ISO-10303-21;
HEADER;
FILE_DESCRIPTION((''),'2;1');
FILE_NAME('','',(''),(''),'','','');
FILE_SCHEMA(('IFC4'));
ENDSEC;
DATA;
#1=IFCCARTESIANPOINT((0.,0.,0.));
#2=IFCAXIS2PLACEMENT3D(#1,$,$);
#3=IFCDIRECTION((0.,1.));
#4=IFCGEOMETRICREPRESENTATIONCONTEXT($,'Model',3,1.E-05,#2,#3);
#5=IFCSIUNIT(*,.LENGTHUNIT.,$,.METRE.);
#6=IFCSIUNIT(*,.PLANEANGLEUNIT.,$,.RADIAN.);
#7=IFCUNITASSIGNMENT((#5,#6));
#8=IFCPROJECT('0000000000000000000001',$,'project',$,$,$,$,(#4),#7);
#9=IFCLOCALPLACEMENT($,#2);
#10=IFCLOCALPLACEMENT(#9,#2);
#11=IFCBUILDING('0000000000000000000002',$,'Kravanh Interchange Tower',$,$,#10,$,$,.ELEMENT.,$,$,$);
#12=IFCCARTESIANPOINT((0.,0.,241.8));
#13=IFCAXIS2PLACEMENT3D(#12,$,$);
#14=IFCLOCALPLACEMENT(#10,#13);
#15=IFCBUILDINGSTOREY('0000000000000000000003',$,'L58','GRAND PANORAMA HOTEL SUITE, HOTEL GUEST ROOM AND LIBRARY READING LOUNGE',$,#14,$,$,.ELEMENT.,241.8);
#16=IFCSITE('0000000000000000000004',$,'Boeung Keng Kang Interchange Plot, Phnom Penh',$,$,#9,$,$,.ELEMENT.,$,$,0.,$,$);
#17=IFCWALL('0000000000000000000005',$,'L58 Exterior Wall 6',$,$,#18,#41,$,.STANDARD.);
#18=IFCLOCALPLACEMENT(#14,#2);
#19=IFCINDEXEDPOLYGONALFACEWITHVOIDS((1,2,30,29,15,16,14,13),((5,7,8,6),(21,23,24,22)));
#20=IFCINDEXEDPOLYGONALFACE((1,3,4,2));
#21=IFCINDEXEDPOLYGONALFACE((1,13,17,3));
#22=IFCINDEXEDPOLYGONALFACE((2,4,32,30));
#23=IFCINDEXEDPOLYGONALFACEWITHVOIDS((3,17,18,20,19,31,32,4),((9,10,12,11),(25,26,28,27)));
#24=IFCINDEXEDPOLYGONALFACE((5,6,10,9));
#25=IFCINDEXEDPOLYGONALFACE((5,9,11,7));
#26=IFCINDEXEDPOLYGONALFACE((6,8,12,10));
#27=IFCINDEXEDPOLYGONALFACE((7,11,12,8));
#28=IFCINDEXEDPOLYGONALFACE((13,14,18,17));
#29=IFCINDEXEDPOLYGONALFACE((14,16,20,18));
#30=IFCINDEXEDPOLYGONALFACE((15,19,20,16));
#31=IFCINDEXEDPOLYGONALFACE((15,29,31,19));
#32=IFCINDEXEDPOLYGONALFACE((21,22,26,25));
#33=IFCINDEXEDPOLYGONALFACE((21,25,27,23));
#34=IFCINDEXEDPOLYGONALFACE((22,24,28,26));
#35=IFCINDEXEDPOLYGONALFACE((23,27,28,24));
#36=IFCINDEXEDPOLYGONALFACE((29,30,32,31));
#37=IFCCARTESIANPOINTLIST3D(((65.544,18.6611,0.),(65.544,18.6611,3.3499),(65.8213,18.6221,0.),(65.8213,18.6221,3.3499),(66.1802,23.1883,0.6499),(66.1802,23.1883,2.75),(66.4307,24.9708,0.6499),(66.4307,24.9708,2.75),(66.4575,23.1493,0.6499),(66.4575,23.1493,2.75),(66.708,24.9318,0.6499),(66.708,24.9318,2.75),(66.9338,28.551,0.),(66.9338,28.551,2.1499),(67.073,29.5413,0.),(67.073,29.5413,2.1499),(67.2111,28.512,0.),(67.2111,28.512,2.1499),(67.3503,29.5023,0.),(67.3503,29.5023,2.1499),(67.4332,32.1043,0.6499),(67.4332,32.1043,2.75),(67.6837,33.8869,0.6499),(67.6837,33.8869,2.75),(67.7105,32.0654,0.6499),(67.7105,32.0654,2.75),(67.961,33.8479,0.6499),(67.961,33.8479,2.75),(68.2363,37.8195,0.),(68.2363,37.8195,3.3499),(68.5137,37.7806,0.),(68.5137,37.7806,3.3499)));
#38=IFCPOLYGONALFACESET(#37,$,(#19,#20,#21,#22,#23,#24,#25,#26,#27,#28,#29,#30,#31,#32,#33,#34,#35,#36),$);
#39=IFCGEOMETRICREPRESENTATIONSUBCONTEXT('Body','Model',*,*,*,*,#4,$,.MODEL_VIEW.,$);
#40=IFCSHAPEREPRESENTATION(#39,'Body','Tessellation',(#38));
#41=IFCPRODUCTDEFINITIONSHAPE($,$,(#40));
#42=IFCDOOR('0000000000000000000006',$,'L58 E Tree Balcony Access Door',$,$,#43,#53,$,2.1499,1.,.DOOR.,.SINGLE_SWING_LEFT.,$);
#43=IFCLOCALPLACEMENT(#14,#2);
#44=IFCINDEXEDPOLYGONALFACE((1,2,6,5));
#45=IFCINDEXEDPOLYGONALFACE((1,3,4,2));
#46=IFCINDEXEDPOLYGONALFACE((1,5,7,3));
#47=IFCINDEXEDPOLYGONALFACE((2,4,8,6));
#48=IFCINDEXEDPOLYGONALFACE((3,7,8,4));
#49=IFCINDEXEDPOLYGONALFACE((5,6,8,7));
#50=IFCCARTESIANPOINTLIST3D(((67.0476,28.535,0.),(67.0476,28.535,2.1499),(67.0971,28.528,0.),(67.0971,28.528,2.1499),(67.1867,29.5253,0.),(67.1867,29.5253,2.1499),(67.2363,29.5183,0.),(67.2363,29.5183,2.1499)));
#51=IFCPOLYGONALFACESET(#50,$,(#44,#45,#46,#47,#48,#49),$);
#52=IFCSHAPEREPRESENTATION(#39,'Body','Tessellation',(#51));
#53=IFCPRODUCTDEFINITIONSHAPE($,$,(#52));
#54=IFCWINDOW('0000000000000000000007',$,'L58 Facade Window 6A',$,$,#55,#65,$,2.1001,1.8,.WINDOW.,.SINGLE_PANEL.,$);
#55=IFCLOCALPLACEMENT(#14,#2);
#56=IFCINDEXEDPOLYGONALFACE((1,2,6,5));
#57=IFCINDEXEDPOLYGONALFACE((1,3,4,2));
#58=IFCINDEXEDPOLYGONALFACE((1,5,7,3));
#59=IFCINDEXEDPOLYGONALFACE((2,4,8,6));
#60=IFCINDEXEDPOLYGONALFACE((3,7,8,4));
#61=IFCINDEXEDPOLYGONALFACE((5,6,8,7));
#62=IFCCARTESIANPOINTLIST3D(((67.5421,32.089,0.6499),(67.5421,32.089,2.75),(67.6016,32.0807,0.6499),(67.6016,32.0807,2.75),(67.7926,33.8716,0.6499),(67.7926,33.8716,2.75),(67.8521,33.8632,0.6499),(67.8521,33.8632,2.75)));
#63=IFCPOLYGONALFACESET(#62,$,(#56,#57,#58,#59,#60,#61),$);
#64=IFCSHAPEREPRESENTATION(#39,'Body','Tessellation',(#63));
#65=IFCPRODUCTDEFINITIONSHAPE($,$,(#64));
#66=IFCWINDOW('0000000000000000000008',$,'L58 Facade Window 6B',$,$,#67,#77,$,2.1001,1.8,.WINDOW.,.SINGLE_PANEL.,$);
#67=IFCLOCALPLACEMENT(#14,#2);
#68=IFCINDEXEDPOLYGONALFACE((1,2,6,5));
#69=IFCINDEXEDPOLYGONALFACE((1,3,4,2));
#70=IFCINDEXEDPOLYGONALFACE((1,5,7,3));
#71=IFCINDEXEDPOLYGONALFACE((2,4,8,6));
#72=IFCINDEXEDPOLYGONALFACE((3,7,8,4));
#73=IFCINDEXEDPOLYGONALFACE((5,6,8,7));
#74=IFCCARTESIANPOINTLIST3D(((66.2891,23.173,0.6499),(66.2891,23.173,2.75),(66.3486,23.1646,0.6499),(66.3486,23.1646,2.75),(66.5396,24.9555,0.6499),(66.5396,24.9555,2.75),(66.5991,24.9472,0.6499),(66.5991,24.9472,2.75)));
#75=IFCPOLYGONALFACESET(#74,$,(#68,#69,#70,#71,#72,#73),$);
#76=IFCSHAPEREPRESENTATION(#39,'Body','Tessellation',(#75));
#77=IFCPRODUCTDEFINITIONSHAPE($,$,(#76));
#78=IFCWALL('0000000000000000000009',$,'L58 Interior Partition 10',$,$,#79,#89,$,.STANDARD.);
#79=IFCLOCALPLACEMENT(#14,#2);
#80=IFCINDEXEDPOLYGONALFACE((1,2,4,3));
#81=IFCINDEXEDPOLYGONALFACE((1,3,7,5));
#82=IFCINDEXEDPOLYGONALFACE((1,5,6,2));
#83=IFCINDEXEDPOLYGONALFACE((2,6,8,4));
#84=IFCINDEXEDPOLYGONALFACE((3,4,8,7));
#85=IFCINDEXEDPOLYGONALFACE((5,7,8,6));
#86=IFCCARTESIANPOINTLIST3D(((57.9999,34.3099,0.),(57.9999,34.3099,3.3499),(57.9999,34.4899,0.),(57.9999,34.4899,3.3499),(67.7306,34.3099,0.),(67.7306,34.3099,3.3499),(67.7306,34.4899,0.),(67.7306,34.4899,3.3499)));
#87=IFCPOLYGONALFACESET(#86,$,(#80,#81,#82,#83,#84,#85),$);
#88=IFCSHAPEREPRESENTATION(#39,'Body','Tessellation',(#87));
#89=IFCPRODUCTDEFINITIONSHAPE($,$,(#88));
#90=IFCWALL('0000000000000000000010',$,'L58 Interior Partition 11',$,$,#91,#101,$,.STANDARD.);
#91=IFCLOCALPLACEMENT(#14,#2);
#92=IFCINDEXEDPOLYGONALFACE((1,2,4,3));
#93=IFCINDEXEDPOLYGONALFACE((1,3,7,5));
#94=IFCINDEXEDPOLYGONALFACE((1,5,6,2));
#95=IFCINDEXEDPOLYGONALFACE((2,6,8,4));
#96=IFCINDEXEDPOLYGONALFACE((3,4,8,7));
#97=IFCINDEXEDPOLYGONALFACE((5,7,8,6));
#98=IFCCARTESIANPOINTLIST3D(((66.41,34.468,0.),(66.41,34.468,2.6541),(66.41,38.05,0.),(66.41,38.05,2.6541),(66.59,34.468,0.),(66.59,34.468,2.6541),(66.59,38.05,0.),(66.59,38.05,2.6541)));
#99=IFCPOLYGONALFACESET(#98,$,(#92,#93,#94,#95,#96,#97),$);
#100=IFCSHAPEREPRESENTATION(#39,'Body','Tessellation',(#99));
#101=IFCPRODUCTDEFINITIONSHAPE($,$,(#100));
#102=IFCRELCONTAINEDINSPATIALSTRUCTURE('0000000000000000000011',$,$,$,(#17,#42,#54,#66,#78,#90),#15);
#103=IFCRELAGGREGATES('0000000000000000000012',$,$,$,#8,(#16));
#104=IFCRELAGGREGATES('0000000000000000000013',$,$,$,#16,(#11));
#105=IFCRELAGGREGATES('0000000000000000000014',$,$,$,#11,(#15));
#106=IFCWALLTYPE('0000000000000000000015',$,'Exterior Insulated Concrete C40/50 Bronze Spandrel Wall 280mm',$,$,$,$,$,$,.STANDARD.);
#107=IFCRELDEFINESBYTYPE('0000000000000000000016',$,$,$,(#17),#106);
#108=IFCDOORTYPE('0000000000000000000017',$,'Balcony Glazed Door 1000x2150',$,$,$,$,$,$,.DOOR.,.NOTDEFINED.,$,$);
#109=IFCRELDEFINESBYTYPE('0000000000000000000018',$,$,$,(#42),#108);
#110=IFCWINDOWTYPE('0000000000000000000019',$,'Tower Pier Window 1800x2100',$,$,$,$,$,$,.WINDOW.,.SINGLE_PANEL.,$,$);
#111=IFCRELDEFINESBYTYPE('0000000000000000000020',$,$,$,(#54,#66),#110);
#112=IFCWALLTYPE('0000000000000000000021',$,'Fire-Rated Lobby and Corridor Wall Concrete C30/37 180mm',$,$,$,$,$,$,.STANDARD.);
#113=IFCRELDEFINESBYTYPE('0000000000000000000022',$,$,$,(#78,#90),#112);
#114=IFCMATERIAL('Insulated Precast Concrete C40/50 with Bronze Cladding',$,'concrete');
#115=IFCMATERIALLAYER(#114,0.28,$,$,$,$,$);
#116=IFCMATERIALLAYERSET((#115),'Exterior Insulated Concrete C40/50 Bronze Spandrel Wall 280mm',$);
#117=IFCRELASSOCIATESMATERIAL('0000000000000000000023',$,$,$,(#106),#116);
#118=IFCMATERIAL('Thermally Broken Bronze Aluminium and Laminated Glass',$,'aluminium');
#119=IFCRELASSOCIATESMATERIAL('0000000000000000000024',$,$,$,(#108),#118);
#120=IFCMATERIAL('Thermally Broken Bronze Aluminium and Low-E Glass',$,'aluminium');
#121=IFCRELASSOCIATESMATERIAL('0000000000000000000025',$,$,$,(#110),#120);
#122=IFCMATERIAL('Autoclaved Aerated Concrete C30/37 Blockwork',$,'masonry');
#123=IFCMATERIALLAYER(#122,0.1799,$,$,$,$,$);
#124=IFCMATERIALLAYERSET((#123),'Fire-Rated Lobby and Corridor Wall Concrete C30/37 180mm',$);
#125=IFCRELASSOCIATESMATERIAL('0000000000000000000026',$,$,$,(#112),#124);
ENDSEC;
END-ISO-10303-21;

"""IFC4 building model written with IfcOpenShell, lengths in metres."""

from ifc_helpers import new_model, si_unit, direction, frame, frame_2d, origin, place, context, subcontext, project, spatial, rectangle, extrude, material, layer, layer_set, type_object, element, fill, save


model = new_model("IFC4")

# Units and contexts
model_context = context("Model", 3, precision=1e-05, world=origin(), true_north=direction((0.0, 1.0)))
body_context = subcontext(model_context, "Body", "Model", "MODEL_VIEW")
ifc_project = project(units=[si_unit("LENGTHUNIT", "METRE"), si_unit("PLANEANGLEUNIT", "RADIAN")], contexts=[model_context])

# Site, building, storey
site_placement = place(None, origin())
site = spatial("IfcSite", under=ifc_project, at=site_placement, Name="Boeung Keng Kang Interchange Plot, Phnom Penh", CompositionType="ELEMENT", RefElevation=0.0)
building_placement = place(site_placement, origin())
building = spatial("IfcBuilding", under=site, at=building_placement, Name="Kravanh Interchange Tower", CompositionType="ELEMENT")
storey_placement = place(building_placement, frame((0.0, 0.0, 241.8)))
storey = spatial("IfcBuildingStorey", under=building, at=storey_placement, Name="L58", Description="GRAND PANORAMA HOTEL SUITE, HOTEL GUEST ROOM AND LIBRARY READING LOUNGE", CompositionType="ELEMENT", Elevation=241.8)

# Wall, openings, door, windows
ifc_material_1 = material(Name="Insulated Precast Concrete C40/50 with Bronze Cladding", Category="concrete")
ifc_layer_1 = layer(ifc_material_1, 0.28)
ifc_layer_set_1 = layer_set([ifc_layer_1], Name="Exterior Insulated Concrete C40/50 Bronze Spandrel Wall 280mm")
wall_type_1 = type_object("IfcWallType", Name="Exterior Insulated Concrete C40/50 Bronze Spandrel Wall 280mm", PredefinedType="STANDARD", material=ifc_layer_set_1)
wall_1_placement = place(storey_placement, frame((68.375, 37.8, 0.0), z_axis=(0.0, 0.0, 1.0), x_axis=(-0.139165, -0.990269, 0.0)))
wall_1 = element("IfcWall", 1, at=wall_1_placement, inside=storey, type_object=wall_type_1, Name="L58 Exterior Wall 6", PredefinedType="STANDARD", context=body_context, shape_type="SweptSolid", body=[
    extrude(rectangle(XDim=19.3467, YDim=0.28, at=frame_2d((9.6733, 0.0))), origin(), (0.0, 0.0, 1.0), 3.3499),
])
opening_1_placement = place(wall_1_placement, frame((8.3596, 0.0, 0.0)))
opening_1 = element("IfcOpeningElement", 2, at=opening_1_placement, cuts=wall_1, PredefinedType="OPENING", context=body_context, shape_type="SweptSolid", body=[
    extrude(rectangle(XDim=1.0, YDim=2.1499, at=frame_2d((0.5, 1.075))), frame((0.0, 0.1499, 0.0), z_axis=(0.0, -1.0, 0.0), x_axis=(1.0, 0.0, 0.0)), (0.0, 0.0, 1.0), 0.3),
])
opening_2_placement = place(wall_1_placement, frame((3.9714, 0.0, 0.6499)))
opening_2 = element("IfcOpeningElement", 3, at=opening_2_placement, cuts=wall_1, PredefinedType="OPENING", context=body_context, shape_type="SweptSolid", body=[
    extrude(rectangle(XDim=1.8, YDim=2.1001, at=frame_2d((0.8999, 1.05))), frame((0.0, 0.1499, 0.0), z_axis=(0.0, -1.0, 0.0), x_axis=(1.0, 0.0, 0.0)), (0.0, 0.0, 1.0), 0.3),
])
opening_3_placement = place(wall_1_placement, frame((12.9751, 0.0, 0.6499)))
opening_3 = element("IfcOpeningElement", 4, at=opening_3_placement, cuts=wall_1, PredefinedType="OPENING", context=body_context, shape_type="SweptSolid", body=[
    extrude(rectangle(XDim=1.8, YDim=2.1001, at=frame_2d((0.8999, 1.05))), frame((0.0, 0.1499, 0.0), z_axis=(0.0, -1.0, 0.0), x_axis=(1.0, 0.0, 0.0)), (0.0, 0.0, 1.0), 0.3),
])
ifc_material_2 = material(Name="Thermally Broken Bronze Aluminium and Laminated Glass", Category="aluminium")
door_type_1 = type_object("IfcDoorType", Name="Balcony Glazed Door 1000x2150", OperationType="NOTDEFINED", PredefinedType="DOOR", material=ifc_material_2)
door_1_placement = place(opening_1_placement, origin())
door_1 = element("IfcDoor", 5, at=door_1_placement, inside=storey, type_object=door_type_1, Name="L58 E Tree Balcony Access Door", OperationType="SINGLE_SWING_LEFT", OverallHeight=2.1499, OverallWidth=1.0, PredefinedType="DOOR", context=body_context, shape_type="SweptSolid", body=[
    extrude(rectangle(XDim=1.0, YDim=2.1499, at=frame_2d((0.5, 1.075))), frame((0.0, 0.0249, 0.0), z_axis=(0.0, -1.0, 0.0), x_axis=(1.0, 0.0, 0.0)), (0.0, 0.0, 1.0), 0.05),
])
fill(opening_1, door_1)
ifc_material_3 = material(Name="Thermally Broken Bronze Aluminium and Low-E Glass", Category="aluminium")
window_type = type_object("IfcWindowType", Name="Tower Pier Window 1800x2100", PartitioningType="SINGLE_PANEL", PredefinedType="WINDOW", material=ifc_material_3)
window_1_placement = place(opening_2_placement, origin())
window_1 = element("IfcWindow", 6, at=window_1_placement, inside=storey, type_object=window_type, Name="L58 Facade Window 6A", OverallHeight=2.1001, OverallWidth=1.8, PartitioningType="SINGLE_PANEL", PredefinedType="WINDOW", context=body_context, shape_type="SweptSolid", body=[
    extrude(rectangle(XDim=1.8, YDim=2.1001, at=frame_2d((0.8999, 1.05))), frame((0.0, 0.03, 0.0), z_axis=(0.0, -1.0, 0.0), x_axis=(1.0, 0.0, 0.0)), (0.0, 0.0, 1.0), 0.0601),
])
fill(opening_2, window_1)
window_2_placement = place(opening_3_placement, origin())
window_2 = element("IfcWindow", 7, at=window_2_placement, inside=storey, type_object=window_type, Name="L58 Facade Window 6B", OverallHeight=2.1001, OverallWidth=1.8, PartitioningType="SINGLE_PANEL", PredefinedType="WINDOW", context=body_context, shape_type="SweptSolid", body=[
    extrude(rectangle(XDim=1.8, YDim=2.1001, at=frame_2d((0.8999, 1.05))), frame((0.0, 0.03, 0.0), z_axis=(0.0, -1.0, 0.0), x_axis=(1.0, 0.0, 0.0)), (0.0, 0.0, 1.0), 0.0601),
])
fill(opening_3, window_2)

# Walls
ifc_material_4 = material(Name="Autoclaved Aerated Concrete C30/37 Blockwork", Category="masonry")
ifc_layer_2 = layer(ifc_material_4, 0.1799)
ifc_layer_set_2 = layer_set([ifc_layer_2], Name="Fire-Rated Lobby and Corridor Wall Concrete C30/37 180mm")
wall_type_2 = type_object("IfcWallType", Name="Fire-Rated Lobby and Corridor Wall Concrete C30/37 180mm", PredefinedType="STANDARD", material=ifc_layer_set_2)
wall_2_placement = place(storey_placement, frame((58.0, 34.3999, 0.0), z_axis=(0.0, 0.0, 1.0), x_axis=(1.0, 0.0, 0.0)))
element("IfcWall", 8, at=wall_2_placement, inside=storey, type_object=wall_type_2, Name="L58 Interior Partition 10", PredefinedType="STANDARD", context=body_context, shape_type="SweptSolid", body=[
    extrude(rectangle(XDim=9.7307, YDim=0.1799, at=frame_2d((4.8652, 0.0))), origin(), (0.0, 0.0, 1.0), 3.3499),
])
wall_3_placement = place(storey_placement, frame((66.5, 34.468, 0.0), z_axis=(0.0, 0.0, 1.0), x_axis=(0.0, 1.0, 0.0)))
element("IfcWall", 9, at=wall_3_placement, inside=storey, type_object=wall_type_2, Name="L58 Interior Partition 11", PredefinedType="STANDARD", context=body_context, shape_type="SweptSolid", body=[
    extrude(rectangle(XDim=3.582, YDim=0.1799, at=frame_2d((1.791, 0.0))), origin(), (0.0, 0.0, 1.0), 2.6541),
])

save(model, "model.ifc")
